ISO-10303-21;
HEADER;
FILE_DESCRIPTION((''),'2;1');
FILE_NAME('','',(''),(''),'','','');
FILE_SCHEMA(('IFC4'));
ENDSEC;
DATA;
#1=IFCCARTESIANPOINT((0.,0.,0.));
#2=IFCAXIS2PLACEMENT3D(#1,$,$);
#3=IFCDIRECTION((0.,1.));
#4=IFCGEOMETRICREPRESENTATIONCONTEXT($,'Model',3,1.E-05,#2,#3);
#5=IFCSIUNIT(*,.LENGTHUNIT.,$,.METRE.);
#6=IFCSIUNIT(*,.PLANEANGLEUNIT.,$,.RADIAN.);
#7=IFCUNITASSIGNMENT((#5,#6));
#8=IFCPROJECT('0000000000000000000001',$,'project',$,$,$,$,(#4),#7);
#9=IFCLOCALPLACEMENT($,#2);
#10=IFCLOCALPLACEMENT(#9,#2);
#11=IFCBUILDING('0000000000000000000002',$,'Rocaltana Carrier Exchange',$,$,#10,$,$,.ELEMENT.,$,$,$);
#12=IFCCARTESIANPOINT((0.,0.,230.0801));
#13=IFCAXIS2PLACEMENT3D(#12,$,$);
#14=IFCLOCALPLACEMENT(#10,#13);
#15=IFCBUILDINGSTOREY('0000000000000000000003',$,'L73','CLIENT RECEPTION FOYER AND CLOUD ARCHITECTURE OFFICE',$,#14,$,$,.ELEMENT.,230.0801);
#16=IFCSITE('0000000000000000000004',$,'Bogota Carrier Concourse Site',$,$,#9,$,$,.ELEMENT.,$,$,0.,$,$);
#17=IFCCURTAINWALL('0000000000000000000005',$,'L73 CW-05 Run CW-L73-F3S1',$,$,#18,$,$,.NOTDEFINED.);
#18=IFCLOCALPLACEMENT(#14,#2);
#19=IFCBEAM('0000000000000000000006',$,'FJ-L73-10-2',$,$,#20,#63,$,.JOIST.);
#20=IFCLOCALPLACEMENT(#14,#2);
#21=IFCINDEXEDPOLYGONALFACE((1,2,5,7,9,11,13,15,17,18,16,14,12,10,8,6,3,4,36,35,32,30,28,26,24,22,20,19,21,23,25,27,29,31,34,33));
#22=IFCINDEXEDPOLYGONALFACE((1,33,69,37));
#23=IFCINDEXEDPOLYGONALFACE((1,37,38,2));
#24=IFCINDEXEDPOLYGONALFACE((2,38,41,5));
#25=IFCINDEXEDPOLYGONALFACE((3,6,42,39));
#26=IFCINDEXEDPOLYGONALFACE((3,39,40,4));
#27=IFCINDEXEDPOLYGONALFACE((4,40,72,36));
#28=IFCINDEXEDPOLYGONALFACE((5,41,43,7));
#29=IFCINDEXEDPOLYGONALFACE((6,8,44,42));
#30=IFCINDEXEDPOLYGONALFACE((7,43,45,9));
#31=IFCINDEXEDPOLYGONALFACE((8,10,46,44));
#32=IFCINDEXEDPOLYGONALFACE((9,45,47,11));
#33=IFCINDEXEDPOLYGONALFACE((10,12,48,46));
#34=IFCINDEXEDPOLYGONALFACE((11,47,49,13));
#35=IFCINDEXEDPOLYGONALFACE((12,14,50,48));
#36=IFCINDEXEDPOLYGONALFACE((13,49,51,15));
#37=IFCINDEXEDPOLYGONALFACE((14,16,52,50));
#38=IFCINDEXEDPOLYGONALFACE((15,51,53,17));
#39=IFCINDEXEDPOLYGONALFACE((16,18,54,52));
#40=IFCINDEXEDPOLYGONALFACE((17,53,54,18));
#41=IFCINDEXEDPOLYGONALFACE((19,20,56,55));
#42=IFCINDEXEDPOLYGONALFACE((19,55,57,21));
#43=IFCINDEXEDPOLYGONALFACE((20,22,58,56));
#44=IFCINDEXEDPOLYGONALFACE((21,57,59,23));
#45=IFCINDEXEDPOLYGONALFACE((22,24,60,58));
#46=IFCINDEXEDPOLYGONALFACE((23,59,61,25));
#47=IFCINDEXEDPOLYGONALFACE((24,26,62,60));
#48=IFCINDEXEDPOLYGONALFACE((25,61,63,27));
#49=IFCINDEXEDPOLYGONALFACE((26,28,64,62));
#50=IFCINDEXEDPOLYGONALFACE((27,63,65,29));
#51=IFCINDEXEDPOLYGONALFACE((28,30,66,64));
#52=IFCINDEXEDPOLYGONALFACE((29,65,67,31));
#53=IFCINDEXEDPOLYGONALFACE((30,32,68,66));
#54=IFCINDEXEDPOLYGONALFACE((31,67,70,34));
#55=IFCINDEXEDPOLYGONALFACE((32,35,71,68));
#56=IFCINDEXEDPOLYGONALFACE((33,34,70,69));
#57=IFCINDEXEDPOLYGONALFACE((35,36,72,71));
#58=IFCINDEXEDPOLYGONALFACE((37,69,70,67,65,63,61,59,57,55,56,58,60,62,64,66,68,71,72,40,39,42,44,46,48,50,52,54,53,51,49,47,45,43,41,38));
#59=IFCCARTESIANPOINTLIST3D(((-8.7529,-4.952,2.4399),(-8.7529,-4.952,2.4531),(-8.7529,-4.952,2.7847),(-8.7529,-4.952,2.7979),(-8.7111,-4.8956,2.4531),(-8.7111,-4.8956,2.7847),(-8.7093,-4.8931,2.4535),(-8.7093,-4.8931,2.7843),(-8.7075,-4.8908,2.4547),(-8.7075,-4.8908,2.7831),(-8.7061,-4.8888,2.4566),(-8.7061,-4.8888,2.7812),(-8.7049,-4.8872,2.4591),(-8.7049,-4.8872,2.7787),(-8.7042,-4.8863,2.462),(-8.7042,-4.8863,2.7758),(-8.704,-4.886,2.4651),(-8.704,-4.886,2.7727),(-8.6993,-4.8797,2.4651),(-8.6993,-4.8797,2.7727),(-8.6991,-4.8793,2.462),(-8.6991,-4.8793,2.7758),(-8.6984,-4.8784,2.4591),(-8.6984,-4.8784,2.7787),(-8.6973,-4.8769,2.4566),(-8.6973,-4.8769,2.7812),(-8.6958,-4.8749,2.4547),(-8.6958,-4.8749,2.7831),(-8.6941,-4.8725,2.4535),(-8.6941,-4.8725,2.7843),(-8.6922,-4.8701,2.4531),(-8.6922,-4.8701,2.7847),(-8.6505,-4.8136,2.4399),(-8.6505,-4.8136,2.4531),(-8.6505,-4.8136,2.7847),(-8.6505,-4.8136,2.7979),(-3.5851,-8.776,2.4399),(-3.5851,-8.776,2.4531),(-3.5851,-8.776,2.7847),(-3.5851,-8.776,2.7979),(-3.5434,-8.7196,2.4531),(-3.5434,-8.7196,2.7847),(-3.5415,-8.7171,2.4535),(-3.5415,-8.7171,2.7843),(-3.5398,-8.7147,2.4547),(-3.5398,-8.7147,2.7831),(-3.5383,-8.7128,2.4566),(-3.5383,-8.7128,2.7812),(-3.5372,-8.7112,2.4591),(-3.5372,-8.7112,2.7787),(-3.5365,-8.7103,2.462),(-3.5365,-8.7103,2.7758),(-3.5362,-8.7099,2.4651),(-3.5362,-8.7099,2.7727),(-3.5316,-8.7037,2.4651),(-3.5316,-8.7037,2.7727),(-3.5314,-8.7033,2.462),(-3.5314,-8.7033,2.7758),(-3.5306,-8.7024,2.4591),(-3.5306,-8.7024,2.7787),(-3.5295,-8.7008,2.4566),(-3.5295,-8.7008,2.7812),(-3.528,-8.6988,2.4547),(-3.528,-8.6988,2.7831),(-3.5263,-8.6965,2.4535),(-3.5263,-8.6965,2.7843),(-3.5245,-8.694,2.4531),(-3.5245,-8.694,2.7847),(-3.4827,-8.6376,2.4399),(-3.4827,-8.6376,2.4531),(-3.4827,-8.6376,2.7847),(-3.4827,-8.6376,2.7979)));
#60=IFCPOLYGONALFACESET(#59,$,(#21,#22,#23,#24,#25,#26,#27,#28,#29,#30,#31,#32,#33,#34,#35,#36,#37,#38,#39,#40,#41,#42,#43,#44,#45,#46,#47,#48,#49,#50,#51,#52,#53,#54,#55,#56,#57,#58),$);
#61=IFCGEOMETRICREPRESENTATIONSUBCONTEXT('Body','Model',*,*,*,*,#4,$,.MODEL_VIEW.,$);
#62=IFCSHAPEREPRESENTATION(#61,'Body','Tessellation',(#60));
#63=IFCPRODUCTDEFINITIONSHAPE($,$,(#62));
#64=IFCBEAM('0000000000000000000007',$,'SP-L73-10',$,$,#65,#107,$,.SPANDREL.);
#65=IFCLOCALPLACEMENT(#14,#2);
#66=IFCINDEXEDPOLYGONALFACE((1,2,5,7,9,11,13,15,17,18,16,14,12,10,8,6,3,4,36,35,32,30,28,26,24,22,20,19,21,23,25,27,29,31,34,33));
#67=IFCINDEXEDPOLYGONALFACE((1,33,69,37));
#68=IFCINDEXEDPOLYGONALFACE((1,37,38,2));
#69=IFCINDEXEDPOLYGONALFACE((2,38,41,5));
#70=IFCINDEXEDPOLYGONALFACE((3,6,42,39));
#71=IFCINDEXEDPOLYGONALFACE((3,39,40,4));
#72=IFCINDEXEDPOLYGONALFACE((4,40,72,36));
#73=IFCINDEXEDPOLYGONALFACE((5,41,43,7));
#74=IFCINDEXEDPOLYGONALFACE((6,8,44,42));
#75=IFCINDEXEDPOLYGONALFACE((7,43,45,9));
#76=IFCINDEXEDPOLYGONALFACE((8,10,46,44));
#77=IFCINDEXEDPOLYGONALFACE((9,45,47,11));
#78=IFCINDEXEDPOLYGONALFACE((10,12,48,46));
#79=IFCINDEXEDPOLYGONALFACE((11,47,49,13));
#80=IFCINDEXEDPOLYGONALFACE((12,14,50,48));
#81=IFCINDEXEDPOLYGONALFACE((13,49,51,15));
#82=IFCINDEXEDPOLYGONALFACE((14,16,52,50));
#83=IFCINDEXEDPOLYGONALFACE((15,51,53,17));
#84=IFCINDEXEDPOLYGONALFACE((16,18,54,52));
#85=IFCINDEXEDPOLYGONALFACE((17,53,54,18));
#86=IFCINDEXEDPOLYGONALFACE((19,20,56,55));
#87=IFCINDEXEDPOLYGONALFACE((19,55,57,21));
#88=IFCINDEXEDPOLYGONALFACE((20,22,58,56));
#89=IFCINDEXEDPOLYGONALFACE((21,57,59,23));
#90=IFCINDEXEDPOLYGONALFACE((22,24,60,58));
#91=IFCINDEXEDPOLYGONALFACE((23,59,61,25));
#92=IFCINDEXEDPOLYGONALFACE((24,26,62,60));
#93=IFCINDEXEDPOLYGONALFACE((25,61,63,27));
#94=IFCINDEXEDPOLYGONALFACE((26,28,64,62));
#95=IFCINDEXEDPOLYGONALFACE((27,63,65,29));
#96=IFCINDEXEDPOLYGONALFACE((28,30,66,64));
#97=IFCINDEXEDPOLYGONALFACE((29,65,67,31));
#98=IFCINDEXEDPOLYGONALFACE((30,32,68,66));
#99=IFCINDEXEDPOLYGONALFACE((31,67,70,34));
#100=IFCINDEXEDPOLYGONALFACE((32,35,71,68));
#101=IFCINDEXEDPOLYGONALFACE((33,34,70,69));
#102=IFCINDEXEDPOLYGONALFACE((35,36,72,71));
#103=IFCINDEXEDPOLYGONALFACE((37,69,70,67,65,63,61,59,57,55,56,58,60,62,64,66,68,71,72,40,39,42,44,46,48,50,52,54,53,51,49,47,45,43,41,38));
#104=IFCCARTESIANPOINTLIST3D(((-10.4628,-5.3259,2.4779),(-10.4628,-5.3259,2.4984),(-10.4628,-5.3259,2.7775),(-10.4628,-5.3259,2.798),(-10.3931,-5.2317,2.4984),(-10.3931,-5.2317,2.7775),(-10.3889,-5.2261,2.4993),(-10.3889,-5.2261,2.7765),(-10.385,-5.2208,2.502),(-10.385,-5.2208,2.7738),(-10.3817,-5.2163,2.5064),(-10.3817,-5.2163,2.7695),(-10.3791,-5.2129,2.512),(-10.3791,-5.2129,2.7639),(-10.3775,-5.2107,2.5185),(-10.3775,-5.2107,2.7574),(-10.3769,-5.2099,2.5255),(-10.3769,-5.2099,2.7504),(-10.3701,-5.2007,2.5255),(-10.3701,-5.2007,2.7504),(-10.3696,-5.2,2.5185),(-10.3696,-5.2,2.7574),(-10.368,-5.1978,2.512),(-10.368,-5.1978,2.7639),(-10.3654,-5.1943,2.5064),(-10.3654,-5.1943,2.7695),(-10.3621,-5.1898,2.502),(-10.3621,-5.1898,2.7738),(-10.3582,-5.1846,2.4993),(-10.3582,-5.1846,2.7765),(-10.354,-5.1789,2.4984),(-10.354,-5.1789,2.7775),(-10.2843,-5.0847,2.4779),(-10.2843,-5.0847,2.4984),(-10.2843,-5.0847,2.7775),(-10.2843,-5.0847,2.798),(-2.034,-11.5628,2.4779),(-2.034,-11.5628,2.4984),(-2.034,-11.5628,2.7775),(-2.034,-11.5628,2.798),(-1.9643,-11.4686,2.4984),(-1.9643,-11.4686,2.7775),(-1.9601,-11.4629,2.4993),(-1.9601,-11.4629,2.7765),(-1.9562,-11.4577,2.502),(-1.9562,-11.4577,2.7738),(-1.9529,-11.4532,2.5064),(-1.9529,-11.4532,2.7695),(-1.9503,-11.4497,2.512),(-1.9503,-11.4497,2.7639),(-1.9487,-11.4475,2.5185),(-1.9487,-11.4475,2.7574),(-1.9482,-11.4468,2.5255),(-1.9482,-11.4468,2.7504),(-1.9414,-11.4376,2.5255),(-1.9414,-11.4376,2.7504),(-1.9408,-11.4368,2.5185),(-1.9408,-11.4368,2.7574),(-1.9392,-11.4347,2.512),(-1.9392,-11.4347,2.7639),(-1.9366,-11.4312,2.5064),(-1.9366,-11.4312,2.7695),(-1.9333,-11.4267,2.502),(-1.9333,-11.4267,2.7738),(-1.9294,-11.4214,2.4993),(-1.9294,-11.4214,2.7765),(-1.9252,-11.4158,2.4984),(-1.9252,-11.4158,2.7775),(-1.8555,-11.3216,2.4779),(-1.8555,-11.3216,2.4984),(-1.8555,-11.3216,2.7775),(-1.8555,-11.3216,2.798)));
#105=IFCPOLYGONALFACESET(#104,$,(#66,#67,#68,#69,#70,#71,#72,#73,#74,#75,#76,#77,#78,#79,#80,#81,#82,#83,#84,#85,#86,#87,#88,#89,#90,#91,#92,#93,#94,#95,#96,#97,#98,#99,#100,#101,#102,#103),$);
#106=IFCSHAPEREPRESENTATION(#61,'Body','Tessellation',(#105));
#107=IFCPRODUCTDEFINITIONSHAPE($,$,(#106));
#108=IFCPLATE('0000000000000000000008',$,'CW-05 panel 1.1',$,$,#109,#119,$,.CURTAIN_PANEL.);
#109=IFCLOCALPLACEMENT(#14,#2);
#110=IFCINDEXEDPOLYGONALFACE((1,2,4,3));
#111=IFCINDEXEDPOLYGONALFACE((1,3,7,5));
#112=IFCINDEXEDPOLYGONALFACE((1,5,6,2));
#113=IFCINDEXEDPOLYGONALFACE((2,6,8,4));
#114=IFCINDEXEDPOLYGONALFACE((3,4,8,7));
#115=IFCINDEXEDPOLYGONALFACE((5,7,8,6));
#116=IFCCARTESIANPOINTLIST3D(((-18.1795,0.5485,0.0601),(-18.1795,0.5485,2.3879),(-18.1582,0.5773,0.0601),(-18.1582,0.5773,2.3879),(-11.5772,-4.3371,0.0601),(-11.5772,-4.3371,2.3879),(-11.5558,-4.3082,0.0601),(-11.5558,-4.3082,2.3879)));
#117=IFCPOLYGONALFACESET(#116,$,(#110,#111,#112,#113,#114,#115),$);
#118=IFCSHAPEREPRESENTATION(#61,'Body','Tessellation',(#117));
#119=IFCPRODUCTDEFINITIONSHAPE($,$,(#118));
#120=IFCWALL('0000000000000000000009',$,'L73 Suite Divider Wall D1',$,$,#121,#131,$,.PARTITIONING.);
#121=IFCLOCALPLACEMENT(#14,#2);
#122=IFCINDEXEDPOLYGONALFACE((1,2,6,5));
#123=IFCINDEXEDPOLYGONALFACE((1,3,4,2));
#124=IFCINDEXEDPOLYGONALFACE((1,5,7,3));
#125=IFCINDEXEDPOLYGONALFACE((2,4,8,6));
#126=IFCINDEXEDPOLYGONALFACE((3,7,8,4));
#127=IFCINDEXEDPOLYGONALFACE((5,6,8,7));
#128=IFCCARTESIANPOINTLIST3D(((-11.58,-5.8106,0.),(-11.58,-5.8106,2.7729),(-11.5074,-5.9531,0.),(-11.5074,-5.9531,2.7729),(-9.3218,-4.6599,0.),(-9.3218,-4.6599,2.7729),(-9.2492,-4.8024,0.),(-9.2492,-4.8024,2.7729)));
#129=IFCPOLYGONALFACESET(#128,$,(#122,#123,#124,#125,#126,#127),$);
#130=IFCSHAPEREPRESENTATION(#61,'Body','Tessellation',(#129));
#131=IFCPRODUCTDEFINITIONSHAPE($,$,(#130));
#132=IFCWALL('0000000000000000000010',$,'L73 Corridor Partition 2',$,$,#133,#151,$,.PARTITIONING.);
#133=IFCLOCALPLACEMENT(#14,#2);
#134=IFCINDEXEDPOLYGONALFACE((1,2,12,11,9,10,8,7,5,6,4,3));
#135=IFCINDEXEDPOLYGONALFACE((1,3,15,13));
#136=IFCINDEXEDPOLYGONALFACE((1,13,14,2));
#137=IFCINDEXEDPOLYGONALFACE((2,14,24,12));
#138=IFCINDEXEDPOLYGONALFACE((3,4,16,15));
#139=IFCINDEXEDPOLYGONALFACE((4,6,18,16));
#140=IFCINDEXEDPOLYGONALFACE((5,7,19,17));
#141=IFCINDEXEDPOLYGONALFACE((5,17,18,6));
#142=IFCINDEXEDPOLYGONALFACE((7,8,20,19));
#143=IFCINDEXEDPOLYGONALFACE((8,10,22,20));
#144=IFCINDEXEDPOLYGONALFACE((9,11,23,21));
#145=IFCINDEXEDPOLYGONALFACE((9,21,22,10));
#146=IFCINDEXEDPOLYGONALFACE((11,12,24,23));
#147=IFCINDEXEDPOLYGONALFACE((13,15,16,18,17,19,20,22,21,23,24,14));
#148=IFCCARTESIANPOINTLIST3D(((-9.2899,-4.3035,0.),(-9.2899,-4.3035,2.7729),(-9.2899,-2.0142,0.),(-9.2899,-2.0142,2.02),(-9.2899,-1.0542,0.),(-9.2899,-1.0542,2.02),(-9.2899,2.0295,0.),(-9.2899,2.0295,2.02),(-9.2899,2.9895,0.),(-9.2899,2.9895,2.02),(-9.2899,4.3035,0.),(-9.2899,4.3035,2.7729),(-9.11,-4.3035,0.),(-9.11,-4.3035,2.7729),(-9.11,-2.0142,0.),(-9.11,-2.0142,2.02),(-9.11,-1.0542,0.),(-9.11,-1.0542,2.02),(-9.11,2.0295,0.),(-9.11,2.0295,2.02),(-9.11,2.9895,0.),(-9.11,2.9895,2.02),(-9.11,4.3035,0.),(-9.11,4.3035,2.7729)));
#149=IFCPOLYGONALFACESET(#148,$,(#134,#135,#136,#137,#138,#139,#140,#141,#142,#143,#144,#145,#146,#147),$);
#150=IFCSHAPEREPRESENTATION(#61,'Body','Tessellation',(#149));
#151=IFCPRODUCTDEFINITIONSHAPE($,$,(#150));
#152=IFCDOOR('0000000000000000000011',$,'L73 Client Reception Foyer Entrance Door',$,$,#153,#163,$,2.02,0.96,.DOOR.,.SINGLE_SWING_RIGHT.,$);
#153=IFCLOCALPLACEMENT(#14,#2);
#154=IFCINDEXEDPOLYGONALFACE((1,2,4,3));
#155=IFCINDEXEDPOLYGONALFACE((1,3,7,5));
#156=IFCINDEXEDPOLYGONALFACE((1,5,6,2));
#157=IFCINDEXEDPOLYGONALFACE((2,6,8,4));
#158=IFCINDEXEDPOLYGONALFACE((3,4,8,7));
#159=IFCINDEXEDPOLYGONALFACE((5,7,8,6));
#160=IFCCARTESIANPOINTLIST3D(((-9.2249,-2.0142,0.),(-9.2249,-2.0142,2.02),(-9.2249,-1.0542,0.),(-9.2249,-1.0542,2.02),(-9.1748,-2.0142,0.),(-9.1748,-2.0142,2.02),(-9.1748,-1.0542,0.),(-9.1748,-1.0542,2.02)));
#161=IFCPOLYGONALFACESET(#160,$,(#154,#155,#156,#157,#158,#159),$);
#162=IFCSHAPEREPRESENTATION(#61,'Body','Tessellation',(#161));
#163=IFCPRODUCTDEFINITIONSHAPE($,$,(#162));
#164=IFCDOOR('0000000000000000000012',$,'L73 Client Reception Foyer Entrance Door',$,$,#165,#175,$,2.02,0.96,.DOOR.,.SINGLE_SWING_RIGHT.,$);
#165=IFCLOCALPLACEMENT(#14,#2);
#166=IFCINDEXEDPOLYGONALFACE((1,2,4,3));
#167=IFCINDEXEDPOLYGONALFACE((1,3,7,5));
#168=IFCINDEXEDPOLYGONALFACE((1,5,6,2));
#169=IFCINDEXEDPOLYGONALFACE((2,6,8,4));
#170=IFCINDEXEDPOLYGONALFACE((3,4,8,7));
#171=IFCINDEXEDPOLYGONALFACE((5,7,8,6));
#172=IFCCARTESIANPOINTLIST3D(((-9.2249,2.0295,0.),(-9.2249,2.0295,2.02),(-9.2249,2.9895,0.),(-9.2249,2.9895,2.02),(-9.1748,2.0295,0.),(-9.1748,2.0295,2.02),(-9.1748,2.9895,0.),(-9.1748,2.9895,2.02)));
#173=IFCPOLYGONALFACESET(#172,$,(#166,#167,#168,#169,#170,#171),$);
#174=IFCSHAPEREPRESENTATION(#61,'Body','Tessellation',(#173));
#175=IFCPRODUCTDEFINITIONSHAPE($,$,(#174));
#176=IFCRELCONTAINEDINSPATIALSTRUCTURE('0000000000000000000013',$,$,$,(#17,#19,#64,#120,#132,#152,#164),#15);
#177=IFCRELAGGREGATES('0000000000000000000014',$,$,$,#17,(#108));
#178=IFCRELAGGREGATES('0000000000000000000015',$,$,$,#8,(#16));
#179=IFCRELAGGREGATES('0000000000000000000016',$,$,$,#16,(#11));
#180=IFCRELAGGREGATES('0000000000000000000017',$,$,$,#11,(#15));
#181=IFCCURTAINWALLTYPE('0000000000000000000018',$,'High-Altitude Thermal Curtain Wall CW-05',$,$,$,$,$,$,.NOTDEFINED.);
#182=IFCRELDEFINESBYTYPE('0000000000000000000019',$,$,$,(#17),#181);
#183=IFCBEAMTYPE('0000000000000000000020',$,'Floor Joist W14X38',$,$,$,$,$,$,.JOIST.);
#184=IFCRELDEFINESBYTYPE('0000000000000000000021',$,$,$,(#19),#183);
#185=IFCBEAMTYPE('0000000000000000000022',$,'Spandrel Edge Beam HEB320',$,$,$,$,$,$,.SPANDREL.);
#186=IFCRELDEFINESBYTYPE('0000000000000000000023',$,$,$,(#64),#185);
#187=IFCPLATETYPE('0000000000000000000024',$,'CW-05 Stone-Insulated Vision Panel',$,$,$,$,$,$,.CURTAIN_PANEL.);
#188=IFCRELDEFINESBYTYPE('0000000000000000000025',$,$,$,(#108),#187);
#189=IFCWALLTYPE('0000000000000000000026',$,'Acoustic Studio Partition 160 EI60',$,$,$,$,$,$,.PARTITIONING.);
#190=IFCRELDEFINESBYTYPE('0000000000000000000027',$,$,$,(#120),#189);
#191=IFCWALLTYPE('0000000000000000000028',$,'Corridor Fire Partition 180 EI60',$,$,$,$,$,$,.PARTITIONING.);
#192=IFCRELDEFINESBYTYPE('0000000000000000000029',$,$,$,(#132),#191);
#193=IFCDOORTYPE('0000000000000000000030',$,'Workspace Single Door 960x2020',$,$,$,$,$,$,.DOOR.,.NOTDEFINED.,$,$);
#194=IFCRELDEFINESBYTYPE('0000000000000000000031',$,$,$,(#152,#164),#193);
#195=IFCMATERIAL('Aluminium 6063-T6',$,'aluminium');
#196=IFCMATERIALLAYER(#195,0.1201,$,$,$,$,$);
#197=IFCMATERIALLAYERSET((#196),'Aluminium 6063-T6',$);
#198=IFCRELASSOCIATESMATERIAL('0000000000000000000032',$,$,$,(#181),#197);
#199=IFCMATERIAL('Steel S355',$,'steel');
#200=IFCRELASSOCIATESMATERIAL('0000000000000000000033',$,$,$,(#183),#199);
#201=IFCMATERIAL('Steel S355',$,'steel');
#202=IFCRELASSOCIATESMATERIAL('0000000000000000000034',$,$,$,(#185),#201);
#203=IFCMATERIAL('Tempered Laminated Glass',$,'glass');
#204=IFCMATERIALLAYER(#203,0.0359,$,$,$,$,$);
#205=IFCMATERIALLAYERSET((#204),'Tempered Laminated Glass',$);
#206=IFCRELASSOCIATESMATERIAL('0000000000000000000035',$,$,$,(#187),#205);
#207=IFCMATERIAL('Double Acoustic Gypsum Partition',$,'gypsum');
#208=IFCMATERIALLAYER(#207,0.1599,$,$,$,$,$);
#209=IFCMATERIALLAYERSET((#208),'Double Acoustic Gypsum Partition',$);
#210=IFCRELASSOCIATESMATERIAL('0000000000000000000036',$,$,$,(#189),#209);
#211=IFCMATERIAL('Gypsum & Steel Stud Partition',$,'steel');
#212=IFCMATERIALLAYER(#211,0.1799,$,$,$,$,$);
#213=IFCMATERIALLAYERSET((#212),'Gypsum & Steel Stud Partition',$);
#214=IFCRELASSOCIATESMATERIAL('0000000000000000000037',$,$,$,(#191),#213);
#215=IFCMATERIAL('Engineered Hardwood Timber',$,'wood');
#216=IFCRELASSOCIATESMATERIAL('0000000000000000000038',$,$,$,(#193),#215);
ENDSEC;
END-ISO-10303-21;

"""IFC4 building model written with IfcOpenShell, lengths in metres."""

from ifc_helpers import new_model, si_unit, direction, frame, frame_2d, origin, origin_2d, place, context, subcontext, project, spatial, rectangle, i_section, extrude, material, layer, layer_set, material_profile, profile_set, type_object, element, fill, aggregate, save


model = new_model("IFC4")

# Units and contexts
model_context = context("Model", 3, precision=1e-05, world=origin(), true_north=direction((0.0, 1.0)))
body_context = subcontext(model_context, "Body", "Model", "MODEL_VIEW")
ifc_project = project(units=[si_unit("LENGTHUNIT", "METRE"), si_unit("PLANEANGLEUNIT", "RADIAN")], contexts=[model_context])

# Site, building, storey
site_placement = place(None, origin())
site = spatial("IfcSite", under=ifc_project, at=site_placement, Name="Bogota Carrier Concourse Site", CompositionType="ELEMENT", RefElevation=0.0)
building_placement = place(site_placement, origin())
building = spatial("IfcBuilding", under=site, at=building_placement, Name="Rocaltana Carrier Exchange", CompositionType="ELEMENT")
storey_placement = place(building_placement, frame((0.0, 0.0, 230.0801)))
storey = spatial("IfcBuildingStorey", under=building, at=storey_placement, Name="L73", Description="CLIENT RECEPTION FOYER AND CLOUD ARCHITECTURE OFFICE", CompositionType="ELEMENT", Elevation=230.0801)

# Curtain wall
ifc_material_1 = material(Name="Aluminium 6063-T6", Category="aluminium")
ifc_layer_1 = layer(ifc_material_1, 0.1201)
ifc_layer_set_1 = layer_set([ifc_layer_1], Name="Aluminium 6063-T6")
curtain_wall_type = type_object("IfcCurtainWallType", Name="High-Altitude Thermal Curtain Wall CW-05", PredefinedType="NOTDEFINED", material=ifc_layer_set_1)
curtain_wall_1_placement = place(storey_placement, origin())
curtain_wall_1 = element("IfcCurtainWall", 1, at=curtain_wall_1_placement, inside=storey, type_object=curtain_wall_type, Name="L73 CW-05 Run CW-L73-F3S1", PredefinedType="NOTDEFINED")

# Beams
ifc_material_2 = material(Name="Steel S355", Category="steel")
ifc_material_profile_1 = material_profile(ifc_material_2, i_section(OverallWidth=0.1721, OverallDepth=0.3579, WebThickness=0.0078, FlangeThickness=0.0132, FilletRadius=0.012, at=origin_2d()), Name="W14X38")
ifc_profile_set_1 = profile_set([ifc_material_profile_1], Name="Steel S355")
beam_type_1 = type_object("IfcBeamType", Name="Floor Joist W14X38", PredefinedType="JOIST", material=ifc_profile_set_1)
beam_1_placement = place(storey_placement, frame((-8.7017, -4.8828, 2.6189), z_axis=(0.803852, -0.594829, 0.0), x_axis=(0.594829, 0.803852, 0.0)))
element("IfcBeam", 2, at=beam_1_placement, inside=storey, type_object=beam_type_1, Name="FJ-L73-10-2", PredefinedType="JOIST", context=body_context, shape_type="SweptSolid", body=[
    extrude(i_section(OverallWidth=0.1721, OverallDepth=0.3579, WebThickness=0.0078, FlangeThickness=0.0132, FilletRadius=0.012, at=origin_2d()), origin(), (0.0, 0.0, 1.0), 6.4287),
])
ifc_material_3 = material(Name="Steel S355", Category="steel")
ifc_material_profile_2 = material_profile(ifc_material_3, i_section(OverallWidth=0.3, OverallDepth=0.3201, WebThickness=0.0115, FlangeThickness=0.0205, FilletRadius=0.0271, at=origin_2d()), Name="HEB320")
ifc_profile_set_2 = profile_set([ifc_material_profile_2], Name="Steel S355")
beam_type_2 = type_object("IfcBeamType", Name="Spandrel Edge Beam HEB320", PredefinedType="SPANDREL", material=ifc_profile_set_2)
beam_2_placement = place(storey_placement, frame((-10.3735, -5.2053, 2.6379), z_axis=(0.803861, -0.594817, 0.0), x_axis=(0.594817, 0.803861, 0.0)))
element("IfcBeam", 3, at=beam_2_placement, inside=storey, type_object=beam_type_2, Name="SP-L73-10", PredefinedType="SPANDREL", context=body_context, shape_type="SweptSolid", body=[
    extrude(i_section(OverallWidth=0.3, OverallDepth=0.3201, WebThickness=0.0115, FlangeThickness=0.0205, FilletRadius=0.0271, at=origin_2d()), origin(), (0.0, 0.0, 1.0), 10.4854),
])

# Plate
ifc_material_4 = material(Name="Tempered Laminated Glass", Category="glass")
ifc_layer_2 = layer(ifc_material_4, 0.0359)
ifc_layer_set_2 = layer_set([ifc_layer_2], Name="Tempered Laminated Glass")
plate_type = type_object("IfcPlateType", Name="CW-05 Stone-Insulated Vision Panel", PredefinedType="CURTAIN_PANEL", material=ifc_layer_set_2)
plate_placement = place(storey_placement, frame((-14.8677, -1.8799, 0.0601), z_axis=(0.0, 0.0, 1.0), x_axis=(0.803854, -0.594827, 0.0)))
plate = element("IfcPlate", 4, at=plate_placement, type_object=plate_type, Name="CW-05 panel 1.1", PredefinedType="CURTAIN_PANEL", context=body_context, shape_type="SweptSolid", body=[
    extrude(rectangle(XDim=8.2134, YDim=0.0359, at=origin_2d()), origin(), (0.0, 0.0, 1.0), 2.3279),
])
aggregate(curtain_wall_1, [plate])

# Wall
ifc_material_5 = material(Name="Double Acoustic Gypsum Partition", Category="gypsum")
ifc_layer_3 = layer(ifc_material_5, 0.1599)
ifc_layer_set_3 = layer_set([ifc_layer_3], Name="Double Acoustic Gypsum Partition")
wall_type_1 = type_object("IfcWallType", Name="Acoustic Studio Partition 160 EI60", PredefinedType="PARTITIONING", material=ifc_layer_set_3)
wall_1_placement = place(storey_placement, frame((-9.2856, -4.7312, 0.0), z_axis=(0.0, 0.0, 1.0), x_axis=(-0.890991, -0.454021, 0.0)))
element("IfcWall", 5, at=wall_1_placement, inside=storey, type_object=wall_type_1, Name="L73 Suite Divider Wall D1", PredefinedType="PARTITIONING", context=body_context, shape_type="SweptSolid", body=[
    extrude(rectangle(XDim=2.5344, YDim=0.1599, at=frame_2d((1.2671, 0.0))), origin(), (0.0, 0.0, 1.0), 2.7729),
])

# Wall, openings, doors
ifc_material_6 = material(Name="Gypsum & Steel Stud Partition", Category="steel")
ifc_layer_4 = layer(ifc_material_6, 0.1799)
ifc_layer_set_4 = layer_set([ifc_layer_4], Name="Gypsum & Steel Stud Partition")
wall_type_2 = type_object("IfcWallType", Name="Corridor Fire Partition 180 EI60", PredefinedType="PARTITIONING", material=ifc_layer_set_4)
wall_2_placement = place(storey_placement, frame((-9.2, -4.3035, 0.0), z_axis=(0.0, 0.0, 1.0), x_axis=(0.0, 1.0, 0.0)))
wall_2 = element("IfcWall", 6, at=wall_2_placement, inside=storey, type_object=wall_type_2, Name="L73 Corridor Partition 2", PredefinedType="PARTITIONING", context=body_context, shape_type="SweptSolid", body=[
    extrude(rectangle(XDim=8.6069, YDim=0.1799, at=frame_2d((4.3035, 0.0))), origin(), (0.0, 0.0, 1.0), 2.7729),
])
opening_1_placement = place(wall_2_placement, frame((2.2893, 0.0, 0.0)))
opening_1 = element("IfcOpeningElement", 7, at=opening_1_placement, cuts=wall_2, PredefinedType="OPENING", context=body_context, shape_type="SweptSolid", body=[
    extrude(rectangle(XDim=0.96, YDim=2.02, at=frame_2d((0.48, 1.01))), frame((0.0, 0.0999, 0.0), z_axis=(0.0, -1.0, 0.0), x_axis=(1.0, 0.0, 0.0)), (0.0, 0.0, 1.0), 0.2),
])
opening_2_placement = place(wall_2_placement, frame((6.333, 0.0, 0.0)))
opening_2 = element("IfcOpeningElement", 8, at=opening_2_placement, cuts=wall_2, PredefinedType="OPENING", context=body_context, shape_type="SweptSolid", body=[
    extrude(rectangle(XDim=0.96, YDim=2.02, at=frame_2d((0.48, 1.01))), frame((0.0, 0.0999, 0.0), z_axis=(0.0, -1.0, 0.0), x_axis=(1.0, 0.0, 0.0)), (0.0, 0.0, 1.0), 0.2),
])
ifc_material_7 = material(Name="Engineered Hardwood Timber", Category="wood")
door_type = type_object("IfcDoorType", Name="Workspace Single Door 960x2020", OperationType="NOTDEFINED", PredefinedType="DOOR", material=ifc_material_7)
door_1_placement = place(opening_1_placement, origin())
door_1 = element("IfcDoor", 9, at=door_1_placement, inside=storey, type_object=door_type, Name="L73 Client Reception Foyer Entrance Door", OperationType="SINGLE_SWING_RIGHT", OverallHeight=2.02, OverallWidth=0.96, PredefinedType="DOOR", context=body_context, shape_type="SweptSolid", body=[
    extrude(rectangle(XDim=0.96, YDim=2.02, at=frame_2d((0.48, 1.01))), frame((0.0, 0.0249, 0.0), z_axis=(0.0, -1.0, 0.0), x_axis=(1.0, 0.0, 0.0)), (0.0, 0.0, 1.0), 0.05),
])
fill(opening_1, door_1)
door_2_placement = place(opening_2_placement, origin())
door_2 = element("IfcDoor", 10, at=door_2_placement, inside=storey, type_object=door_type, Name="L73 Client Reception Foyer Entrance Door", OperationType="SINGLE_SWING_RIGHT", OverallHeight=2.02, OverallWidth=0.96, PredefinedType="DOOR", context=body_context, shape_type="SweptSolid", body=[
    extrude(rectangle(XDim=0.96, YDim=2.02, at=frame_2d((0.48, 1.01))), frame((0.0, 0.0249, 0.0), z_axis=(0.0, -1.0, 0.0), x_axis=(1.0, 0.0, 0.0)), (0.0, 0.0, 1.0), 0.05),
])
fill(opening_2, door_2)

save(model, "model.ifc")
